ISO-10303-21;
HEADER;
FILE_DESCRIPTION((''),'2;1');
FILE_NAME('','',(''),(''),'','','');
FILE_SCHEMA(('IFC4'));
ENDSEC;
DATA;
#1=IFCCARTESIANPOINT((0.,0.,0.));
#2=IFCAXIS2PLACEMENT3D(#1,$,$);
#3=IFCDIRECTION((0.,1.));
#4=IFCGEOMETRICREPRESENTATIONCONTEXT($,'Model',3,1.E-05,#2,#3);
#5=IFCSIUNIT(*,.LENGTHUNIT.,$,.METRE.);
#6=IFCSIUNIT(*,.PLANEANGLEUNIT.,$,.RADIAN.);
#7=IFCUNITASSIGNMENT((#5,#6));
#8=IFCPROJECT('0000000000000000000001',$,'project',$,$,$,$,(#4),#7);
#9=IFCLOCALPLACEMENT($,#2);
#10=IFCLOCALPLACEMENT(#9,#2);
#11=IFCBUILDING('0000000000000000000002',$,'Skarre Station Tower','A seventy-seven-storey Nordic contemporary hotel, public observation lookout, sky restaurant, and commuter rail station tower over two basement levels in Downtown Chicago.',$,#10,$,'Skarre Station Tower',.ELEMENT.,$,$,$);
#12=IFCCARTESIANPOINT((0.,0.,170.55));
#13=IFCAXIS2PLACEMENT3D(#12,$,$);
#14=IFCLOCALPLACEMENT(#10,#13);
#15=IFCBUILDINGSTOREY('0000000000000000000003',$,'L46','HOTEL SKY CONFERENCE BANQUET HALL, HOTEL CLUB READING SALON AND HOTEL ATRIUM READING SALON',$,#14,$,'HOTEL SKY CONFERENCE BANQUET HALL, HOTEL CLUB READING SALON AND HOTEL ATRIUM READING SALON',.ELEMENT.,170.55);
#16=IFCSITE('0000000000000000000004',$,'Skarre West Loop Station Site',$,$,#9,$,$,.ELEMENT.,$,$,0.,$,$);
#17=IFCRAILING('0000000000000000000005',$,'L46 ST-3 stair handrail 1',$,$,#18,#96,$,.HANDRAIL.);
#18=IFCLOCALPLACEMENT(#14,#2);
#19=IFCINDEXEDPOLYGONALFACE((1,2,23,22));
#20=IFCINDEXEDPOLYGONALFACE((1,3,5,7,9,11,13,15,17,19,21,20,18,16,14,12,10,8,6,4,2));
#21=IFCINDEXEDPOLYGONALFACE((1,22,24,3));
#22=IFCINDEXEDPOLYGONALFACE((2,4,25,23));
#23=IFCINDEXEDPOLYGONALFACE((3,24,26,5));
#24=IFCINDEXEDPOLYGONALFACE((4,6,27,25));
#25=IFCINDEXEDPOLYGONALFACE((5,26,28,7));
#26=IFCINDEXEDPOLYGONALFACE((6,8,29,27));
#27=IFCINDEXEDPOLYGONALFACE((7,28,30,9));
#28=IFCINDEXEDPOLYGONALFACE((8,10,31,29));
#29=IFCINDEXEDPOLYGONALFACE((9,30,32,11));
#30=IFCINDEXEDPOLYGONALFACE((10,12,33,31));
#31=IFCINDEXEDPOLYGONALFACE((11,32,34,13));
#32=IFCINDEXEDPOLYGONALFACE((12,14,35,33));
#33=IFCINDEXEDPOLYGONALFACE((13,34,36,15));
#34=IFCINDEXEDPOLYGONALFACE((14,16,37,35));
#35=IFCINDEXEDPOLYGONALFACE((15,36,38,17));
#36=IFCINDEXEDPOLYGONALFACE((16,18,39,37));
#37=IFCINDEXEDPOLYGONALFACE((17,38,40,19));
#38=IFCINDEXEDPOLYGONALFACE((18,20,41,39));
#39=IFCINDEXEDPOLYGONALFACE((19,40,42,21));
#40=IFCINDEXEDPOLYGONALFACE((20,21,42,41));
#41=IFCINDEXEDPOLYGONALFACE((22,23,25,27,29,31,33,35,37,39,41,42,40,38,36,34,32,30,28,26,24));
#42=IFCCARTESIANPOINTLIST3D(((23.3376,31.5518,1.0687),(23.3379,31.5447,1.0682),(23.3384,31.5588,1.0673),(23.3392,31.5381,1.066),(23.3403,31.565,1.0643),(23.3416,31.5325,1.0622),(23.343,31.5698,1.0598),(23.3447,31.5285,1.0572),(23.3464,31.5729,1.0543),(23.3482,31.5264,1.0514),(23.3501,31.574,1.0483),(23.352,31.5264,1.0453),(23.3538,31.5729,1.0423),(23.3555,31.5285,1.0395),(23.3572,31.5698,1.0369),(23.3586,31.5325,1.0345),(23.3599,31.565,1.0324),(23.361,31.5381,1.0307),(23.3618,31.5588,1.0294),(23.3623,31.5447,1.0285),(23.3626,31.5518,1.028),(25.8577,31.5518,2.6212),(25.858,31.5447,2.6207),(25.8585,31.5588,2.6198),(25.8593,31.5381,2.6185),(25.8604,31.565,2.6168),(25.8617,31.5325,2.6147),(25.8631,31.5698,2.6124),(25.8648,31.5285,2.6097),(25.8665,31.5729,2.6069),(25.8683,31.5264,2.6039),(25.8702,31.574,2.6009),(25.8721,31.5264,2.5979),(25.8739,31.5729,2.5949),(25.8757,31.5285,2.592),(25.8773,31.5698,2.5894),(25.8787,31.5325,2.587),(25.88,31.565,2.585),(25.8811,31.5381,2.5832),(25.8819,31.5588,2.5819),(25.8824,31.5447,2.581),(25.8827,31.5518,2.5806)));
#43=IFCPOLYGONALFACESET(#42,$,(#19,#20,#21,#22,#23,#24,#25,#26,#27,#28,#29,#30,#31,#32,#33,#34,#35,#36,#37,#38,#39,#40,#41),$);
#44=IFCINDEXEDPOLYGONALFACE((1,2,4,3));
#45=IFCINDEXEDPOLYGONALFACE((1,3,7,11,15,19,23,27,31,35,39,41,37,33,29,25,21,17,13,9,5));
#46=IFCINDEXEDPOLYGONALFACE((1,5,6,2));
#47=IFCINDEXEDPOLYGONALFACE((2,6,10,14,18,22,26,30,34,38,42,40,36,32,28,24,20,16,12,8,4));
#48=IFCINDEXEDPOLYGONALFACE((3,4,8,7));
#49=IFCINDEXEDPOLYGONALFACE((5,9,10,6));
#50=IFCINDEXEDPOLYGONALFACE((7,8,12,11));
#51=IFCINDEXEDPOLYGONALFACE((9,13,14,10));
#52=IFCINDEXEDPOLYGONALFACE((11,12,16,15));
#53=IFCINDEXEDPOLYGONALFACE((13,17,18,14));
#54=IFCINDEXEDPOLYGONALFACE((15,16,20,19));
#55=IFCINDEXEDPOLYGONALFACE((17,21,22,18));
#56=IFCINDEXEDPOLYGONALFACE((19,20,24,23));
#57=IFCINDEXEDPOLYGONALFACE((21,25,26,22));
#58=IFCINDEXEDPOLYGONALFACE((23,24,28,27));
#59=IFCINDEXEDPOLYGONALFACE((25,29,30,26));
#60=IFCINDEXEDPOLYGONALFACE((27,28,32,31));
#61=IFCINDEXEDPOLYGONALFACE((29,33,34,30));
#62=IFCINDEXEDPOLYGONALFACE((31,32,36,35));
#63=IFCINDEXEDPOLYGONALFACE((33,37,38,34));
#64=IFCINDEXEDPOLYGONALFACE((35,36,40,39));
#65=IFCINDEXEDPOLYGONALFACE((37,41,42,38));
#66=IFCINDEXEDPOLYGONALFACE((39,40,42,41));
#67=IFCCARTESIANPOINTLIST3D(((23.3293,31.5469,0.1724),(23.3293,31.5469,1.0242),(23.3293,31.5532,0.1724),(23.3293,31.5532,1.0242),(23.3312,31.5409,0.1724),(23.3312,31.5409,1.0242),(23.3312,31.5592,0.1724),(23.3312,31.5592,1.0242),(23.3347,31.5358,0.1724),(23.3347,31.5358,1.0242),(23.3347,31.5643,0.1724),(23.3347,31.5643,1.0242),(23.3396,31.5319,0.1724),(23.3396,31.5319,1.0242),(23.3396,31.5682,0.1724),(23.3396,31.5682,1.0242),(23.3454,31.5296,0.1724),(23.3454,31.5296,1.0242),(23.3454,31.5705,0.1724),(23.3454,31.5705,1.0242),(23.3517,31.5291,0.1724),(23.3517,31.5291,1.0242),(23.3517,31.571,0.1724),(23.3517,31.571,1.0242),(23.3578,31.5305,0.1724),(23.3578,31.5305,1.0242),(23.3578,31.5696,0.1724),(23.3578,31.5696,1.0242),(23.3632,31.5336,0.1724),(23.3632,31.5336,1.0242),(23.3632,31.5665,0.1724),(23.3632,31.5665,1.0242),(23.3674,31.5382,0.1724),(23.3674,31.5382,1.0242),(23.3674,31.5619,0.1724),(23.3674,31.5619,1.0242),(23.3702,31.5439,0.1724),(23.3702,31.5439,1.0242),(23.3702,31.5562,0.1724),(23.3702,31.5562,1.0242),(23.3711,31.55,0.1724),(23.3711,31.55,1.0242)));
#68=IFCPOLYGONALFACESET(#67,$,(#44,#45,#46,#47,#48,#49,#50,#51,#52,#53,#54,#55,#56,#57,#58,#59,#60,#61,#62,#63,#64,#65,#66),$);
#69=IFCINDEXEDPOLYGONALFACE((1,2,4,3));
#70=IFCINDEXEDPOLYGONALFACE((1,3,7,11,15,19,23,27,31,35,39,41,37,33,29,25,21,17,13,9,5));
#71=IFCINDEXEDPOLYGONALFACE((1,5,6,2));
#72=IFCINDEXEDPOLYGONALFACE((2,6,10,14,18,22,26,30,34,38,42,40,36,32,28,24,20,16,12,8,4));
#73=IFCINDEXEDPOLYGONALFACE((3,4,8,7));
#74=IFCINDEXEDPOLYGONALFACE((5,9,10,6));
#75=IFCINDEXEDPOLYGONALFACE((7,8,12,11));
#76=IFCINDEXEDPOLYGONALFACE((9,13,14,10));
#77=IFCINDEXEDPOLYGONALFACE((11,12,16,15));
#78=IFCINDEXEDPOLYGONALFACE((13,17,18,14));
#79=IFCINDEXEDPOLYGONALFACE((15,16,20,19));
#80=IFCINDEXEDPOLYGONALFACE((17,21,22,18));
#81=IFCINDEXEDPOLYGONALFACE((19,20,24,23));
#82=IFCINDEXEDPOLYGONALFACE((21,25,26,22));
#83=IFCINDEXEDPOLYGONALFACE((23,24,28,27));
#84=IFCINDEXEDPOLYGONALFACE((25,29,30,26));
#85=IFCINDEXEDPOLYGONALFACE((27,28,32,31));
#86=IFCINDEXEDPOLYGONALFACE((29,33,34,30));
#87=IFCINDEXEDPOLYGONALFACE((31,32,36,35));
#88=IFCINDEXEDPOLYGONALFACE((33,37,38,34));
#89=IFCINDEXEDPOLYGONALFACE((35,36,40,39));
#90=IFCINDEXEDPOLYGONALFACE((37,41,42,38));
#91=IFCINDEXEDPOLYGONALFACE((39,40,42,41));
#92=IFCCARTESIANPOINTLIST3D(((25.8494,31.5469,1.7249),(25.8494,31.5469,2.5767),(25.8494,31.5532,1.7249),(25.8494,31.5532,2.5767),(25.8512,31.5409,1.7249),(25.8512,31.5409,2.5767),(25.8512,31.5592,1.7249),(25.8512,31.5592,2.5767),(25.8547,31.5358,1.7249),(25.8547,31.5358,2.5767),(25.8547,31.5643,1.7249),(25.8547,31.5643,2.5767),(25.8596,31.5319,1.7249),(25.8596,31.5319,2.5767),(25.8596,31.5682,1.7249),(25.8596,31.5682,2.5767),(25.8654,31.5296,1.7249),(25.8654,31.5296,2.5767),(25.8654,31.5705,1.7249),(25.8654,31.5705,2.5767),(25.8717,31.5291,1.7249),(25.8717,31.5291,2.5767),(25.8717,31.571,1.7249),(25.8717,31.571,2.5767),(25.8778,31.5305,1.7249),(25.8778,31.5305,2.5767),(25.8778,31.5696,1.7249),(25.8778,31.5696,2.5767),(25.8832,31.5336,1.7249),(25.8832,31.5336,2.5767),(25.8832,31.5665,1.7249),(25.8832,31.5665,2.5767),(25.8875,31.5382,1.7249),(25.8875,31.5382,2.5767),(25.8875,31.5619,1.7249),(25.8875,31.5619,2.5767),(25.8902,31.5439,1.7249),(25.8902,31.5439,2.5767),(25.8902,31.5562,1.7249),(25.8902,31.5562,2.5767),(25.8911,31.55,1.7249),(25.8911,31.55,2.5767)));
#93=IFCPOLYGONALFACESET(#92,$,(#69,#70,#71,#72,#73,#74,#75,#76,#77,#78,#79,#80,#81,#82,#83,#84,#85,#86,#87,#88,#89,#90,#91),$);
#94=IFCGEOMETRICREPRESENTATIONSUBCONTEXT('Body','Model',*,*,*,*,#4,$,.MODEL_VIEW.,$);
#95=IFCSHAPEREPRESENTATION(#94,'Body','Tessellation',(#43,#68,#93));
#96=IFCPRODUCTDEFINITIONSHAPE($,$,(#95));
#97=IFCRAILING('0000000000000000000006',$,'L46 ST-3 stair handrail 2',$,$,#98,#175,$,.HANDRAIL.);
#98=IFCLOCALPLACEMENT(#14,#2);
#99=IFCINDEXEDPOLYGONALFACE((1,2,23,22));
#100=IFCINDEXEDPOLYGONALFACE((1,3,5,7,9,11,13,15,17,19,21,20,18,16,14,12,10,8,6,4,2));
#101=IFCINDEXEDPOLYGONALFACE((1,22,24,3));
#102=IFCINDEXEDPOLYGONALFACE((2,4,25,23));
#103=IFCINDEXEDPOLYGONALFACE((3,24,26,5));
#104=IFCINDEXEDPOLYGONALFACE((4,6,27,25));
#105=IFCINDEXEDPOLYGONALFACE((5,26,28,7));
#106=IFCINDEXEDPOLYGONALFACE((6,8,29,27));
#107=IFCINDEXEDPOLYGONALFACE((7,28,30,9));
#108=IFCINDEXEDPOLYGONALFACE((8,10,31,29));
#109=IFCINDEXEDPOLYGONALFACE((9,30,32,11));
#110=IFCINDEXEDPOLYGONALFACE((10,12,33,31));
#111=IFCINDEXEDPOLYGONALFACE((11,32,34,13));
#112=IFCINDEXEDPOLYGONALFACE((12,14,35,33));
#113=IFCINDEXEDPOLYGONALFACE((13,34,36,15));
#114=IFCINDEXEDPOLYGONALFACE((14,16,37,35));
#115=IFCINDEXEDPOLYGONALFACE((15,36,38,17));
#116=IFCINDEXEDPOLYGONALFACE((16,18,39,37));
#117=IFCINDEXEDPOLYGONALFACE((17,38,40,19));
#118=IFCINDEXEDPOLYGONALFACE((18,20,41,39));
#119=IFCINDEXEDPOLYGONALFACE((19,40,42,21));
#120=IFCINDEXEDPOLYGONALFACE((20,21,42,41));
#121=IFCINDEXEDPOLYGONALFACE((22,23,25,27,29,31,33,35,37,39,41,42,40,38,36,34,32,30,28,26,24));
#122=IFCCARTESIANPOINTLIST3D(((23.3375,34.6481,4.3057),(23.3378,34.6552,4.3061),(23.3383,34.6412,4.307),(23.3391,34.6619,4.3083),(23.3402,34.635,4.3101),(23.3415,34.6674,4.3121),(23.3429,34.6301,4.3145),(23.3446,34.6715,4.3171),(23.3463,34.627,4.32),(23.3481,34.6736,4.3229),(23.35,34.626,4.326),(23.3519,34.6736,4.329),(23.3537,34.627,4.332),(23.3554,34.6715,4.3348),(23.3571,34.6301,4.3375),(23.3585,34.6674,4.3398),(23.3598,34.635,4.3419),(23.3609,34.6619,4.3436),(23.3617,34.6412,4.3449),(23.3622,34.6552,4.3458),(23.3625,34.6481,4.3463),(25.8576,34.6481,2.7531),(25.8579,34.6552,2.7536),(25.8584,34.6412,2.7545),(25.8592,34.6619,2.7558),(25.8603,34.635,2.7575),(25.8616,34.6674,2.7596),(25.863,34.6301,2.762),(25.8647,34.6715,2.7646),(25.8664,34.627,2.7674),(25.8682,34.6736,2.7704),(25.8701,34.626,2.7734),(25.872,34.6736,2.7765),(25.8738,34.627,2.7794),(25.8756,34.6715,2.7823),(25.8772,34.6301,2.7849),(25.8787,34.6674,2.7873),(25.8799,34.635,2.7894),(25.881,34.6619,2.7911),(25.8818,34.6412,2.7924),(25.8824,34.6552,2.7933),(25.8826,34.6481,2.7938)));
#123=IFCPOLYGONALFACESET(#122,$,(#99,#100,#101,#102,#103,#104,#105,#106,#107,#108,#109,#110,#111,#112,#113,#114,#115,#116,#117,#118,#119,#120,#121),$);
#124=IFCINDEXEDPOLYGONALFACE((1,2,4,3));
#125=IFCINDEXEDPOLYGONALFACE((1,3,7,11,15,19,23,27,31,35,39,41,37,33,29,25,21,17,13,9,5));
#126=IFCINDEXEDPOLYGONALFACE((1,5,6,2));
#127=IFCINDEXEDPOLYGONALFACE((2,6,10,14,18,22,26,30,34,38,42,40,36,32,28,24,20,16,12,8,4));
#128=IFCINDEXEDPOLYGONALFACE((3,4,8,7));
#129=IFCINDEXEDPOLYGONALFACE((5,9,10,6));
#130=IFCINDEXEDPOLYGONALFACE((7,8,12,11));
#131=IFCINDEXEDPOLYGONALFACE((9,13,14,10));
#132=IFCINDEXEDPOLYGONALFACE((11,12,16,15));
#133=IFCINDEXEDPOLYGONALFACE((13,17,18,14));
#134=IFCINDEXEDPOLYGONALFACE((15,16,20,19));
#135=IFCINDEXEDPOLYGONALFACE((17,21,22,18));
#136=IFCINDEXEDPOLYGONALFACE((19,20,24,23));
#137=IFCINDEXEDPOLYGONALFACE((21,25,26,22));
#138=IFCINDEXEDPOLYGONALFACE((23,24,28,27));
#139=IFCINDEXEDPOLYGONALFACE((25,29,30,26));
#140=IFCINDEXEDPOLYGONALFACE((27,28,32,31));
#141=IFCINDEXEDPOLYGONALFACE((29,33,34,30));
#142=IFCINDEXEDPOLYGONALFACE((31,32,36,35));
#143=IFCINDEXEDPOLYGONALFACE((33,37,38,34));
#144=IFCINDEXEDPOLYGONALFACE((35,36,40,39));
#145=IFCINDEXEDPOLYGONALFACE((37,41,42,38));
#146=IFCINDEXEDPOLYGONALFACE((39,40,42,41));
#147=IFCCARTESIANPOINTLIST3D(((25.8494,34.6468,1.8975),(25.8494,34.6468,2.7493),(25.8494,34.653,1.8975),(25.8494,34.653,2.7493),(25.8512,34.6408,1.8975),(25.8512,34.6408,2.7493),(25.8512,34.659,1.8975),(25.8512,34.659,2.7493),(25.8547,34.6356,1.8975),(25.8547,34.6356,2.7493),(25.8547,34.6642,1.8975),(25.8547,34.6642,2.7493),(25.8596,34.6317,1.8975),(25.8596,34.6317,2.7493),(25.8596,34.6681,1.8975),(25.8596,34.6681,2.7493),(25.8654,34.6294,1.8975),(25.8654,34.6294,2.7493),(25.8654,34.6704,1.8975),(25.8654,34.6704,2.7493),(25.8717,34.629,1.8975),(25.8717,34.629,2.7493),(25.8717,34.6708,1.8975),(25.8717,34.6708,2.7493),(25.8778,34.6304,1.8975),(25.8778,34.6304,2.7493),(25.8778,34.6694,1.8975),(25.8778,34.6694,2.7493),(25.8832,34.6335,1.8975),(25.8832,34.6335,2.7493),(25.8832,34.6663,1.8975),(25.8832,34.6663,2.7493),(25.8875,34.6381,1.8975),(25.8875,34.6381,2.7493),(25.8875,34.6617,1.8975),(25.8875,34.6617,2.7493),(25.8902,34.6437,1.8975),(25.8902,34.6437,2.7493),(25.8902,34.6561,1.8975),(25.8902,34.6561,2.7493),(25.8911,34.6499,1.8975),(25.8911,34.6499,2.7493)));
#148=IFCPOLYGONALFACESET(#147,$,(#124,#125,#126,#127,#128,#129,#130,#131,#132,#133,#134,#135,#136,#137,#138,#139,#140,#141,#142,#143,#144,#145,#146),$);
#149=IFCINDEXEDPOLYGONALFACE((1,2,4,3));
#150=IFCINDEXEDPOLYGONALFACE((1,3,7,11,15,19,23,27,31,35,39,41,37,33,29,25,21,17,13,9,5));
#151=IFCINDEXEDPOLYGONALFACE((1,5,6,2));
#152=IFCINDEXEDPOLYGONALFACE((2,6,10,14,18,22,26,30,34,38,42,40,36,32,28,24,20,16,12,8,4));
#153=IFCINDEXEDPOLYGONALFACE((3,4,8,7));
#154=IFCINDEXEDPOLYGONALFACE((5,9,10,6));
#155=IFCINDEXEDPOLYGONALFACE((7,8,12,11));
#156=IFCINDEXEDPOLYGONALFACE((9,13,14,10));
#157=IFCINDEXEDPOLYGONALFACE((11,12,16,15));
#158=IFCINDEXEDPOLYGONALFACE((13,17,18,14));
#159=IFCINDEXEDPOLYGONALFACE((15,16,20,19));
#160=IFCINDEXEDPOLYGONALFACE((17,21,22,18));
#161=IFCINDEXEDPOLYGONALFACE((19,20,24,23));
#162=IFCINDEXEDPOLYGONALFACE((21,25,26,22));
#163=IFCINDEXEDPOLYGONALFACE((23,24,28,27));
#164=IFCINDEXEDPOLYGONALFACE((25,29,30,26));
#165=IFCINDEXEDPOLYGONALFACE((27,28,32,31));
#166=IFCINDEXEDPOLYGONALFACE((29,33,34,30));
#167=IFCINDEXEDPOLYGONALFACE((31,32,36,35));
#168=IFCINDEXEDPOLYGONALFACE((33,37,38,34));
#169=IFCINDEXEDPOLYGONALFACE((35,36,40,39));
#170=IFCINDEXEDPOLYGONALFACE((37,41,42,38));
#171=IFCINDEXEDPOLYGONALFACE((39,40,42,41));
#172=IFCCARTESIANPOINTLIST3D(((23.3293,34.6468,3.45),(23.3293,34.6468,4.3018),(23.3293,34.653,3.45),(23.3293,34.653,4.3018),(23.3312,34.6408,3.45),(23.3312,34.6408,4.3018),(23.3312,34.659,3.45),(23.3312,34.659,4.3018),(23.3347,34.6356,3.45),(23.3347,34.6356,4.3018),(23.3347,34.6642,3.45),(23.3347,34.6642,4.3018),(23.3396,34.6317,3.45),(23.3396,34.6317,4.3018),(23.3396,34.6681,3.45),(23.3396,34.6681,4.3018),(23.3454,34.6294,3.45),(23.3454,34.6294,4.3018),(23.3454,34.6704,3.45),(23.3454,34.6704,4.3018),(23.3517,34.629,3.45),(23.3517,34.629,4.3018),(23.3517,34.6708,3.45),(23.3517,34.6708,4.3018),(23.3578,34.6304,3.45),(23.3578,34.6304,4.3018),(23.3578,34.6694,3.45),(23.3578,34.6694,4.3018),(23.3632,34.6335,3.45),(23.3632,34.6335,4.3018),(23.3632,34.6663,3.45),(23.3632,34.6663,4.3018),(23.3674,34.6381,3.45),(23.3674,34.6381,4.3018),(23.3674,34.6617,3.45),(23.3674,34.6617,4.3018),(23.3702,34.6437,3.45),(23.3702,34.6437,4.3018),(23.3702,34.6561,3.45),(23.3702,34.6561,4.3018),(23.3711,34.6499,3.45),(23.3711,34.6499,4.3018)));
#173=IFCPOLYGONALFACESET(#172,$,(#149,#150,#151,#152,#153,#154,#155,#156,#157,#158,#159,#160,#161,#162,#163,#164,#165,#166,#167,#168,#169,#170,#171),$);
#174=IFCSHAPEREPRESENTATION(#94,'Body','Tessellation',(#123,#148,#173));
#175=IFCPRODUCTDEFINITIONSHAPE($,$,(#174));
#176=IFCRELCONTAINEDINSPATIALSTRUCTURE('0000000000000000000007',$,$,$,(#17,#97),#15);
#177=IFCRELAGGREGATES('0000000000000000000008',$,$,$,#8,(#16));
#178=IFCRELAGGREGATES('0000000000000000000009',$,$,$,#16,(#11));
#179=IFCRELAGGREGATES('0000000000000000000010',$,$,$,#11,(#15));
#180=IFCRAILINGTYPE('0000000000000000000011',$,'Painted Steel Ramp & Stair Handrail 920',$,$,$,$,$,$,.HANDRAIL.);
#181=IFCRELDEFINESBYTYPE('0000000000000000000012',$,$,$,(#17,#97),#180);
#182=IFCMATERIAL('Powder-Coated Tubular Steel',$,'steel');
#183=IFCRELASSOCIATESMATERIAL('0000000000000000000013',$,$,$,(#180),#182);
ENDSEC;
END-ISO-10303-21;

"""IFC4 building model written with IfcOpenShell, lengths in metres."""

from ifc_helpers import new_model, si_unit, direction, frame, origin, origin_2d, place, context, subcontext, project, spatial, circle, extrude, material, type_object, element, save


model = new_model("IFC4")

# Units and contexts
model_context = context("Model", 3, precision=1e-05, world=origin(), true_north=direction((0.0, 1.0)))
body_context = subcontext(model_context, "Body", "Model", "MODEL_VIEW")
ifc_project = project(units=[si_unit("LENGTHUNIT", "METRE"), si_unit("PLANEANGLEUNIT", "RADIAN")], contexts=[model_context])

# Site, building, storey
site_placement = place(None, origin())
site = spatial("IfcSite", under=ifc_project, at=site_placement, Name="Skarre West Loop Station Site", CompositionType="ELEMENT", RefElevation=0.0)
building_placement = place(site_placement, origin())
building = spatial("IfcBuilding", under=site, at=building_placement, Name="Skarre Station Tower", Description="A seventy-seven-storey Nordic contemporary hotel, public observation lookout, sky restaurant, and commuter rail station tower over two basement levels in Downtown Chicago.", LongName="Skarre Station Tower", CompositionType="ELEMENT")
storey_placement = place(building_placement, frame((0.0, 0.0, 170.55)))
storey = spatial("IfcBuildingStorey", under=building, at=storey_placement, Name="L46", Description="HOTEL SKY CONFERENCE BANQUET HALL, HOTEL CLUB READING SALON AND HOTEL ATRIUM READING SALON", LongName="HOTEL SKY CONFERENCE BANQUET HALL, HOTEL CLUB READING SALON AND HOTEL ATRIUM READING SALON", CompositionType="ELEMENT", Elevation=170.55)

# Railings
ifc_material_1 = material(Name="Powder-Coated Tubular Steel", Category="steel")
railing_type_1 = type_object("IfcRailingType", Name="Painted Steel Ramp & Stair Handrail 920", PredefinedType="HANDRAIL", material=ifc_material_1)
railing_1_placement = place(storey_placement, frame((23.3501, 31.55, 0.1724)))
element("IfcRailing", 1, at=railing_1_placement, inside=storey, type_object=railing_type_1, Name="L46 ST-3 stair handrail 1", PredefinedType="HANDRAIL", context=body_context, shape_type="SweptSolid", body=[
    extrude(circle(Radius=0.0239, at=origin_2d()), frame((0.0, 0.0, 0.876), z_axis=(0.8514, 0.0, 0.524516), x_axis=(0.0, 1.0, 0.0)), (0.0, 0.0, 1.0), 2.96),
    extrude(circle(Radius=0.021, at=origin_2d()), origin(), (0.0, 0.0, 1.0), 0.8518),
    extrude(circle(Radius=0.021, at=origin_2d()), frame((2.52, 0.0, 1.5525)), (0.0, 0.0, 1.0), 0.8518),
])
railing_2_placement = place(storey_placement, frame((25.8701, 34.6499, 1.8975)))
element("IfcRailing", 2, at=railing_2_placement, inside=storey, type_object=railing_type_1, Name="L46 ST-3 stair handrail 2", PredefinedType="HANDRAIL", context=body_context, shape_type="SweptSolid", body=[
    extrude(circle(Radius=0.0239, at=origin_2d()), frame((0.0, 0.0, 0.876), z_axis=(-0.8514, 0.0, 0.524516), x_axis=(0.0, -1.0, 0.0)), (0.0, 0.0, 1.0), 2.96),
    extrude(circle(Radius=0.021, at=origin_2d()), origin(), (0.0, 0.0, 1.0), 0.8518),
    extrude(circle(Radius=0.021, at=origin_2d()), frame((-2.52, 0.0, 1.5525)), (0.0, 0.0, 1.0), 0.8518),
])

save(model, "model.ifc")
